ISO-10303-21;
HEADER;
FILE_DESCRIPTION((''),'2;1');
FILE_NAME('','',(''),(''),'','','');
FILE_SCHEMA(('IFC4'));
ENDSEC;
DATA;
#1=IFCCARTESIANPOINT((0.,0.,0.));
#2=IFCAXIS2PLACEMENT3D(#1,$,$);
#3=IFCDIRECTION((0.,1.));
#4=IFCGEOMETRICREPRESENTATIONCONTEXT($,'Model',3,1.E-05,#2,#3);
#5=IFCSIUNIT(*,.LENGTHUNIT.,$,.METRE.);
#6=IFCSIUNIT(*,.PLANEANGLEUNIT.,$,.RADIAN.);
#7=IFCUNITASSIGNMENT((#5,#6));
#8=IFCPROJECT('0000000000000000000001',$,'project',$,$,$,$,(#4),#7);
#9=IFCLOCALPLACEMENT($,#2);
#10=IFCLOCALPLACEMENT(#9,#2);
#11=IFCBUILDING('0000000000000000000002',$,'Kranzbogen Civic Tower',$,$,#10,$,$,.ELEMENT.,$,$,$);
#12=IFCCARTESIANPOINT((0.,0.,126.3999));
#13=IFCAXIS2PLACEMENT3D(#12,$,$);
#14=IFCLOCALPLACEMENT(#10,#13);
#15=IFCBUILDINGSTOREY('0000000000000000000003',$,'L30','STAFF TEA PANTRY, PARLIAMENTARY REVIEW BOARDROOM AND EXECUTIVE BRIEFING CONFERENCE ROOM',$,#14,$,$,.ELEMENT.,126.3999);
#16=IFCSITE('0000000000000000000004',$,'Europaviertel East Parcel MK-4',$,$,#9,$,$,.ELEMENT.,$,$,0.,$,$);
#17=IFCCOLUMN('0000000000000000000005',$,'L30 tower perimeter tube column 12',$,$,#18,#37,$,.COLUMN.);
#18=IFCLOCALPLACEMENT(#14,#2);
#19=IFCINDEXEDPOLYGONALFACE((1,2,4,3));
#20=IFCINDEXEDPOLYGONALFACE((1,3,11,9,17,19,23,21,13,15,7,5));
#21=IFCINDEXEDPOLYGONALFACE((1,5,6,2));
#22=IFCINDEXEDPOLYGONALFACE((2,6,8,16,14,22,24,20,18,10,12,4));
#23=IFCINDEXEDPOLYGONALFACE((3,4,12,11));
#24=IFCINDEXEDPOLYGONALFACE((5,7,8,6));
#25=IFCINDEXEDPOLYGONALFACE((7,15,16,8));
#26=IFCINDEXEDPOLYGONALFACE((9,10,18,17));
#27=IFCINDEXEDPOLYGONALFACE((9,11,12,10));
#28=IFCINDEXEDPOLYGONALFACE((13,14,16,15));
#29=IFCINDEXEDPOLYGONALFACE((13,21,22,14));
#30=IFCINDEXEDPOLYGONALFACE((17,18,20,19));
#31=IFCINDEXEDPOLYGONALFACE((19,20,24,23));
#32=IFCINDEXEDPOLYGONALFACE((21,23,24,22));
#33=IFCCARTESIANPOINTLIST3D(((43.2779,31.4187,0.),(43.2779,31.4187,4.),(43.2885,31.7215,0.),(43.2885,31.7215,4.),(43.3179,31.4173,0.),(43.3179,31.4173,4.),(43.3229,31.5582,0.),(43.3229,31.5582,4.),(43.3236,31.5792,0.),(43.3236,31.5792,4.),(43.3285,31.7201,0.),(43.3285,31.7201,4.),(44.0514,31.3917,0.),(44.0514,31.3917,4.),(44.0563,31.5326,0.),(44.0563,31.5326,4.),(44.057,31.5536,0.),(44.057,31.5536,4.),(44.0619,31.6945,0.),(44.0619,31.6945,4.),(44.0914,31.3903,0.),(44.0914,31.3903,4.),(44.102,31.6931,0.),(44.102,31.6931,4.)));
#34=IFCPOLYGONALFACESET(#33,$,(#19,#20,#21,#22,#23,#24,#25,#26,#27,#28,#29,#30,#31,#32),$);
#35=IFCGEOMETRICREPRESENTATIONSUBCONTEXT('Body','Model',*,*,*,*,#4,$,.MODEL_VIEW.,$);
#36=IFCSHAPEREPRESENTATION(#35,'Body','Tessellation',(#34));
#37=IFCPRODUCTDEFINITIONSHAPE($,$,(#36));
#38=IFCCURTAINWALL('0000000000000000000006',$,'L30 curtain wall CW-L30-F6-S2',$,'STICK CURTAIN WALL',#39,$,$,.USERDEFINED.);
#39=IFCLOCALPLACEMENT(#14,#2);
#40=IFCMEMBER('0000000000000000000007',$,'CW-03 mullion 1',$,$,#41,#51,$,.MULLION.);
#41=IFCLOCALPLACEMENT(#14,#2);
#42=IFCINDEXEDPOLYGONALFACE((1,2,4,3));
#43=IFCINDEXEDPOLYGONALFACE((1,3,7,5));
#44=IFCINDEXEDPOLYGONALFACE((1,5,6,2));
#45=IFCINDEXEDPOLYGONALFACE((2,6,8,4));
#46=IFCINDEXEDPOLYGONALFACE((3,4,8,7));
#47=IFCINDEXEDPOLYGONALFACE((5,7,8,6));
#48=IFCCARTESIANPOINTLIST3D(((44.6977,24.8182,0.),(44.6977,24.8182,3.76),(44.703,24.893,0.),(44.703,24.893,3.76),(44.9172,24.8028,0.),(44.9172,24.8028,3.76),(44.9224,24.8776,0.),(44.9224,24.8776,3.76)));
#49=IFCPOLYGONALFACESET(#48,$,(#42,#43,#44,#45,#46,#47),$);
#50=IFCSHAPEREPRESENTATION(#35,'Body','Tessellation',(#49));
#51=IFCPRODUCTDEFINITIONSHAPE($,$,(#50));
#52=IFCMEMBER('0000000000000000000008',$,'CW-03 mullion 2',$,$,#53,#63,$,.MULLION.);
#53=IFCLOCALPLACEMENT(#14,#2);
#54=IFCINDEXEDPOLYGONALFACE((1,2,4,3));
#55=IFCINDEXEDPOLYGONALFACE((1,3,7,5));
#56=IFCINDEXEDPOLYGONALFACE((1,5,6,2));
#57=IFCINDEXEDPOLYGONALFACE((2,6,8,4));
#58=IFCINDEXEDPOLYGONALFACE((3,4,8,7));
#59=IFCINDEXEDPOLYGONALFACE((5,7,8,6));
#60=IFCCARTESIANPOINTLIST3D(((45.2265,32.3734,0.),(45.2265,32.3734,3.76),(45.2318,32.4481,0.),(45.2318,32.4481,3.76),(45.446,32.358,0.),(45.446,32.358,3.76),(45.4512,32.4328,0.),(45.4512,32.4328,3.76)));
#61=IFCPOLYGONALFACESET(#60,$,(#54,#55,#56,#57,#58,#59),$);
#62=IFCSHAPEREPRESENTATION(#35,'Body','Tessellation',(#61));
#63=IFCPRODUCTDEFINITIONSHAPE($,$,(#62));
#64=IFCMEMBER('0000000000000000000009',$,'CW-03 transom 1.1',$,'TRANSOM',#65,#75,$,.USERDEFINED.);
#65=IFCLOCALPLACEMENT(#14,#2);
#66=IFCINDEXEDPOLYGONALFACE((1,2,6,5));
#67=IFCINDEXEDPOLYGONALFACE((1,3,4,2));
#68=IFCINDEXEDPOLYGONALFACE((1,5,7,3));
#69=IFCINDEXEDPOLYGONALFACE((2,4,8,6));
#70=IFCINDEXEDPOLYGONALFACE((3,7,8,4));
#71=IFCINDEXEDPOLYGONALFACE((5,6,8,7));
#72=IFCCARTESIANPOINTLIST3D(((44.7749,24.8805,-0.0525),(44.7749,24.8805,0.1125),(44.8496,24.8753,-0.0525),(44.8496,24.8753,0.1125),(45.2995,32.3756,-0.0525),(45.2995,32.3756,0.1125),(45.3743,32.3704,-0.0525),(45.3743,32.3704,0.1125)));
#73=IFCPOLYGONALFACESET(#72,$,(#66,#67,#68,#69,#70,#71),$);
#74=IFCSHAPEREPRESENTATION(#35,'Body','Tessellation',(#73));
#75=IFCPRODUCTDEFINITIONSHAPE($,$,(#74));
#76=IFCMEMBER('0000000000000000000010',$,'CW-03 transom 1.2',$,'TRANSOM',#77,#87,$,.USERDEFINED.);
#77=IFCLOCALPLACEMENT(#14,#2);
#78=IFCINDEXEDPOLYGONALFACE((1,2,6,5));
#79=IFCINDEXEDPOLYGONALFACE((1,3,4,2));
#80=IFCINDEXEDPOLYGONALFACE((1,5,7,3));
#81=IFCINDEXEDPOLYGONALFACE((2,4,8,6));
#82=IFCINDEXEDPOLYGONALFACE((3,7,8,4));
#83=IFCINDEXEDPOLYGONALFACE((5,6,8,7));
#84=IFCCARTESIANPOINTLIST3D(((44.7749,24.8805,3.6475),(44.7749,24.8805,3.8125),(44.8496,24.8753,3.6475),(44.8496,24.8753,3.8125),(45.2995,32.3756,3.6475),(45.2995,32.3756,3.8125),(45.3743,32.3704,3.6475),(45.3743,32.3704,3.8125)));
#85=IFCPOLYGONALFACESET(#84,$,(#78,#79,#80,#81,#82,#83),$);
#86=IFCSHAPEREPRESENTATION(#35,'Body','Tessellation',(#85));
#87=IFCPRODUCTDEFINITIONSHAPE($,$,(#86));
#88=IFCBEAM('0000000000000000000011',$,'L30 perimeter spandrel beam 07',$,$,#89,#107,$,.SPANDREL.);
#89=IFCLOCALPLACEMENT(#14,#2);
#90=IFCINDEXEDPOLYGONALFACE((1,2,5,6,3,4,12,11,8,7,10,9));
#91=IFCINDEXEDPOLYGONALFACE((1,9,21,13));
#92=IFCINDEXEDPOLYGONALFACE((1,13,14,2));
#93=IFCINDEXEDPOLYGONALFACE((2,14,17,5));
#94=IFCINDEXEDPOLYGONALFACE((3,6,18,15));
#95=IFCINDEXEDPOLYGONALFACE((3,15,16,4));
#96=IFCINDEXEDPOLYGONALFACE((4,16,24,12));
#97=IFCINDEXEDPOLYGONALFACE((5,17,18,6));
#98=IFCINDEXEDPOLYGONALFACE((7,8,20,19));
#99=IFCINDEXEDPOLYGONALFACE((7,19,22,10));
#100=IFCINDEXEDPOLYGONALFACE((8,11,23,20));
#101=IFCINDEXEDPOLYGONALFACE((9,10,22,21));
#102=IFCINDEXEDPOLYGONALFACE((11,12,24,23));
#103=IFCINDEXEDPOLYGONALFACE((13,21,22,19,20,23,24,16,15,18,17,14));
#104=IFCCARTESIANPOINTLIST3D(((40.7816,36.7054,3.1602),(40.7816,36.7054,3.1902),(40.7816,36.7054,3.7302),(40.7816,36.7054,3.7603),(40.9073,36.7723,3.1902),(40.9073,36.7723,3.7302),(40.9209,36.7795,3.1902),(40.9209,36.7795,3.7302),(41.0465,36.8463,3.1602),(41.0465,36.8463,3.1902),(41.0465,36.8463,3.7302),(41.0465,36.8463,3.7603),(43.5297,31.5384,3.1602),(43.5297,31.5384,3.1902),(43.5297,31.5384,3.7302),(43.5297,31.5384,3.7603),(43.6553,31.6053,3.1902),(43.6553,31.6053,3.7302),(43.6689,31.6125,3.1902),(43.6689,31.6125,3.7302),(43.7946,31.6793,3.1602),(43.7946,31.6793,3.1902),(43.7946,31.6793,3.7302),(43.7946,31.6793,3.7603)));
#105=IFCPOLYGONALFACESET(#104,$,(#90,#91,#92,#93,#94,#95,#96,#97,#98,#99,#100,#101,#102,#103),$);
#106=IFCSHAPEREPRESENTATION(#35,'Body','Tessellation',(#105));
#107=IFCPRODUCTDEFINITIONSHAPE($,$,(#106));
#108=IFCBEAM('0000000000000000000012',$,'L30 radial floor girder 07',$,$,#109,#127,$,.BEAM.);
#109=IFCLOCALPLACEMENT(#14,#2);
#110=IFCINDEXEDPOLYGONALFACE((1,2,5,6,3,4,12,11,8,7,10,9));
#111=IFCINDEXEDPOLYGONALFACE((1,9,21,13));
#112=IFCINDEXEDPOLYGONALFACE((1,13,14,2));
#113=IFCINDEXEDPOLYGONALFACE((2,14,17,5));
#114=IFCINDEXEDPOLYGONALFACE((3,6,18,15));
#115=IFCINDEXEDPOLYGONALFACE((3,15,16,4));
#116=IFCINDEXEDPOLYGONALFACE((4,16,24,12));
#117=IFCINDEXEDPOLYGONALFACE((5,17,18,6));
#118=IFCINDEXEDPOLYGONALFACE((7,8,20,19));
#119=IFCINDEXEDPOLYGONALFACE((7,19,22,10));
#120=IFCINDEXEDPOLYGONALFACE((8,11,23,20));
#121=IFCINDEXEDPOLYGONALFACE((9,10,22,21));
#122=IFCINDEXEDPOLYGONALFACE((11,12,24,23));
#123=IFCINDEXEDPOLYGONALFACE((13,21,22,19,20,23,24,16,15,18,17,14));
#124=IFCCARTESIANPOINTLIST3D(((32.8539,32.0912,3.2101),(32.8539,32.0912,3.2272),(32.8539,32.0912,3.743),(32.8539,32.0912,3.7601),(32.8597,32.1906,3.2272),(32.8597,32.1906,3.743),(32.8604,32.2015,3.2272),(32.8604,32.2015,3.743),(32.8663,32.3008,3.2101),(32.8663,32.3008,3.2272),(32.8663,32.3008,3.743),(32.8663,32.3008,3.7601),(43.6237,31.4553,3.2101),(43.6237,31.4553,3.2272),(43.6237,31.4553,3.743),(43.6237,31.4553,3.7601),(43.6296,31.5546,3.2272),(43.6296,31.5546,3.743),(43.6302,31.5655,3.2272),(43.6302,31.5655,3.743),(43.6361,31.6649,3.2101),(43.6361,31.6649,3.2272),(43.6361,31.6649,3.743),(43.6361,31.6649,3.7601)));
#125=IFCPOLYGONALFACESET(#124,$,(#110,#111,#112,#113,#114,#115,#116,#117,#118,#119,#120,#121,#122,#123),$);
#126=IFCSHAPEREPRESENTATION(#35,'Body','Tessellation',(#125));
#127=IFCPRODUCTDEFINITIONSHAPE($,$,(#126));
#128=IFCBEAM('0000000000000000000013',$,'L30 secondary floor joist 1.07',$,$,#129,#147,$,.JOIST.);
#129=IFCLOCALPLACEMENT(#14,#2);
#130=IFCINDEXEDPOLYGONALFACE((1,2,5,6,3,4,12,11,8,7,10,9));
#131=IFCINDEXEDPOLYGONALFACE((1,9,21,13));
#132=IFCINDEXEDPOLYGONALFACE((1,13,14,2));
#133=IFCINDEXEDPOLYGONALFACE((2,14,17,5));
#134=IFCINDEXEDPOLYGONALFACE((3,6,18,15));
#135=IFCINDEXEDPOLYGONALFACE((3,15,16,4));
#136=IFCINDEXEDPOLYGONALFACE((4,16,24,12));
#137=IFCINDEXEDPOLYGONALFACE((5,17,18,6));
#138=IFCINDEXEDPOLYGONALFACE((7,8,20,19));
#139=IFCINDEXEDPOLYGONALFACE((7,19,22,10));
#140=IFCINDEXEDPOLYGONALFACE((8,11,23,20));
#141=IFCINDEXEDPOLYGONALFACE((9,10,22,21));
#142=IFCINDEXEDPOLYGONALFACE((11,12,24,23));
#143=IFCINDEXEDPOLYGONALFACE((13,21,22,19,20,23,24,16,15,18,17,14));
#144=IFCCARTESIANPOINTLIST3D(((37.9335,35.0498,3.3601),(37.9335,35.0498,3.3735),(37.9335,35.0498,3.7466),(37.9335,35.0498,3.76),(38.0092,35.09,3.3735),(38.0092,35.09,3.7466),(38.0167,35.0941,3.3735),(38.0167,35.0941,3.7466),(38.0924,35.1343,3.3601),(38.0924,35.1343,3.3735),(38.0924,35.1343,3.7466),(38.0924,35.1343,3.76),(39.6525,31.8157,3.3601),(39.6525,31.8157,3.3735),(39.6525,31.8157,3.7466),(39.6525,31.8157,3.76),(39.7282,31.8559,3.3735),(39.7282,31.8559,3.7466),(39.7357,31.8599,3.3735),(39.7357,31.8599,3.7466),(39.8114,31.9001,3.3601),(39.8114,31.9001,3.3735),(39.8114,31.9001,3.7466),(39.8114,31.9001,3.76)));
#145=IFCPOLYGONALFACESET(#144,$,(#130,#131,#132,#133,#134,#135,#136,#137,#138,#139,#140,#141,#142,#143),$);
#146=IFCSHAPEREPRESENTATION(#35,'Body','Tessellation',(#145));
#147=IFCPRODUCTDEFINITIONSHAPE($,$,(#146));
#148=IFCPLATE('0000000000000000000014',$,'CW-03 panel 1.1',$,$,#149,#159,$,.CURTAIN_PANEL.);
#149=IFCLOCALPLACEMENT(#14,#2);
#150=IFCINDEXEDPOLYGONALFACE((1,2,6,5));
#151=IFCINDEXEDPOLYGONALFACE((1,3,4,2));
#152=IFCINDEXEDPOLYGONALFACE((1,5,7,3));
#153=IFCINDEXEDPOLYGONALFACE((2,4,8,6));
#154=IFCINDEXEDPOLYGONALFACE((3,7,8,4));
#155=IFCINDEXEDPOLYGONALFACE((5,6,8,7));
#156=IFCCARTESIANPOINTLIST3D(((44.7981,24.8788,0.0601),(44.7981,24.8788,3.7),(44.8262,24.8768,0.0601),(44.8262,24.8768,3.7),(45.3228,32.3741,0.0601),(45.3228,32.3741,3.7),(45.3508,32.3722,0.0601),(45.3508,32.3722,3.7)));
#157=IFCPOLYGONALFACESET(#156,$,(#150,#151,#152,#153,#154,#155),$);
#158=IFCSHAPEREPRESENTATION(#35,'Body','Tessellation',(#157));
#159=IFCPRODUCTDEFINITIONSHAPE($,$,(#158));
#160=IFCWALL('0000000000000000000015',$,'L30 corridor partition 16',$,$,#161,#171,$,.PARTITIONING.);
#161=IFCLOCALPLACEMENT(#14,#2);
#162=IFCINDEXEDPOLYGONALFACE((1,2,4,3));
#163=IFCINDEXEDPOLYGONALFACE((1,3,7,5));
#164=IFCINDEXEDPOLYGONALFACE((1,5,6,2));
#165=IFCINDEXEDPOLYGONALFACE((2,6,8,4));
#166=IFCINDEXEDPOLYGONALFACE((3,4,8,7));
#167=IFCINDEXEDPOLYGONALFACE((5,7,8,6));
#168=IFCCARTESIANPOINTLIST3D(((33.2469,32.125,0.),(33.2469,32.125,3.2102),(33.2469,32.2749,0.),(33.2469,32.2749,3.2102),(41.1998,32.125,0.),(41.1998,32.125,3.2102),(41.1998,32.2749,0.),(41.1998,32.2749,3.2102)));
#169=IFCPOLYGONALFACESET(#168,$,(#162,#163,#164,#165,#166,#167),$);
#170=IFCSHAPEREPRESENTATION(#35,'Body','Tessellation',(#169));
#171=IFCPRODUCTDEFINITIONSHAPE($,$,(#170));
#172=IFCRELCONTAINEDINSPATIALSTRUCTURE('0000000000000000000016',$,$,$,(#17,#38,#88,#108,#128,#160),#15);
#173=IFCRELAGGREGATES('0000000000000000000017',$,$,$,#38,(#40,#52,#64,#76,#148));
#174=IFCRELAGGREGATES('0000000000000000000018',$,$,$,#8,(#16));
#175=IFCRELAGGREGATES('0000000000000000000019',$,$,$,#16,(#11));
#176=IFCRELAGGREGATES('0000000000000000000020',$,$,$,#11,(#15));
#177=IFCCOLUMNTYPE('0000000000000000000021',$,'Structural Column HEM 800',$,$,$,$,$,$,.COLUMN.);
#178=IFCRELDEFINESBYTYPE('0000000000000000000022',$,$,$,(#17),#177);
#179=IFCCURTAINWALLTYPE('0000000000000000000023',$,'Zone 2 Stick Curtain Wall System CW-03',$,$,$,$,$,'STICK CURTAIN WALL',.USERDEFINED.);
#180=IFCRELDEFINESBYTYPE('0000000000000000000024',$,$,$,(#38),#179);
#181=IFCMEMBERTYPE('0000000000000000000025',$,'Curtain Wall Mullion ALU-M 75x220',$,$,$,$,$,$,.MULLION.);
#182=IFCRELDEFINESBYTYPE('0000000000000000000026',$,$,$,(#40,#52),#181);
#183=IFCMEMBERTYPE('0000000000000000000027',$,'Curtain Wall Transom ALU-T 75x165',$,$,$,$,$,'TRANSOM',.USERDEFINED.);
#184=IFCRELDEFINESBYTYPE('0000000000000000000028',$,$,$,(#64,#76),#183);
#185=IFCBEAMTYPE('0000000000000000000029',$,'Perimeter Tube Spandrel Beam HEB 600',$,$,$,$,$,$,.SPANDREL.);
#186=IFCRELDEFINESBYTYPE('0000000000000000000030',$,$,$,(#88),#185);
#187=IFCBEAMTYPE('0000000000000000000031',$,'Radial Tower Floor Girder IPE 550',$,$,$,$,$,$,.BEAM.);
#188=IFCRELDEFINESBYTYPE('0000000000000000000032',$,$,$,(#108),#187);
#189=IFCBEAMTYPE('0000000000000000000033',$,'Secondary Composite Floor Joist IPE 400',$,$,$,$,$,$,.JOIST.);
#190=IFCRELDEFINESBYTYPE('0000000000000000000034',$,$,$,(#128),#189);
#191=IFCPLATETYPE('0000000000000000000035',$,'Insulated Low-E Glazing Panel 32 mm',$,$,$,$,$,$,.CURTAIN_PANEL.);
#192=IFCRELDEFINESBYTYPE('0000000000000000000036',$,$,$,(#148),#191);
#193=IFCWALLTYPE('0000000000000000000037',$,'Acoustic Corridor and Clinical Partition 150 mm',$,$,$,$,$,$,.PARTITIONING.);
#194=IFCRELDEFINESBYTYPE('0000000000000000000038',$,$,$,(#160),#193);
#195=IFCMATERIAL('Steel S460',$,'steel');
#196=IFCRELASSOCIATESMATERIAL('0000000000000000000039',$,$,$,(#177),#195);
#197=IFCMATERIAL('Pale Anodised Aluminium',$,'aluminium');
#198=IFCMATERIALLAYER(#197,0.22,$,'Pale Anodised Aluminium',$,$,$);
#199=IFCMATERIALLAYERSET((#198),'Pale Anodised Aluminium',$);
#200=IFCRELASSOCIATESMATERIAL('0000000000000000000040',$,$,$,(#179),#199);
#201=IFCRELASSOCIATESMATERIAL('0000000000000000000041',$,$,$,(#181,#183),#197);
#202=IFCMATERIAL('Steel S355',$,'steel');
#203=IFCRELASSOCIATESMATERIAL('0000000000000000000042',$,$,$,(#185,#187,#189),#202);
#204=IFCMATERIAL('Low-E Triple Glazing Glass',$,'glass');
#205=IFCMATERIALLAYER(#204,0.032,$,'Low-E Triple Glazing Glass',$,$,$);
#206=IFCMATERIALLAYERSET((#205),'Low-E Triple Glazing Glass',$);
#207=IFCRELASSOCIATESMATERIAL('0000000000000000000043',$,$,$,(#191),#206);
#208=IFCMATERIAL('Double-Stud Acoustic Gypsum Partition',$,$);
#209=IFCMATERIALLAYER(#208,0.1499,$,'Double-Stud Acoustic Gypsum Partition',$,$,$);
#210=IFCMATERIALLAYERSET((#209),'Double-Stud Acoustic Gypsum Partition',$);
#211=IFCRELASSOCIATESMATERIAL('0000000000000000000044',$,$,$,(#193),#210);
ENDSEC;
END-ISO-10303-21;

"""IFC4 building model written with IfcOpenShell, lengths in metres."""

from ifc_helpers import new_model, si_unit, direction, frame, frame_2d, origin, origin_2d, place, context, subcontext, project, spatial, rectangle, i_section, extrude, material, layer, layer_set, material_profile, profile_set, type_object, element, aggregate, save


model = new_model("IFC4")

# Units and contexts
model_context = context("Model", 3, precision=1e-05, world=origin(), true_north=direction((0.0, 1.0)))
body_context = subcontext(model_context, "Body", "Model", "MODEL_VIEW")
ifc_project = project(units=[si_unit("LENGTHUNIT", "METRE"), si_unit("PLANEANGLEUNIT", "RADIAN")], contexts=[model_context])

# Site, building, storey
site_placement = place(None, origin())
site = spatial("IfcSite", under=ifc_project, at=site_placement, Name="Europaviertel East Parcel MK-4", CompositionType="ELEMENT", RefElevation=0.0)
building_placement = place(site_placement, origin())
building = spatial("IfcBuilding", under=site, at=building_placement, Name="Kranzbogen Civic Tower", CompositionType="ELEMENT")
storey_placement = place(building_placement, frame((0.0, 0.0, 126.3999)))
storey = spatial("IfcBuildingStorey", under=building, at=storey_placement, Name="L30", Description="STAFF TEA PANTRY, PARLIAMENTARY REVIEW BOARDROOM AND EXECUTIVE BRIEFING CONFERENCE ROOM", CompositionType="ELEMENT", Elevation=126.3999)

# Column
ifc_material_1 = material(Name="Steel S460", Category="steel")
ifc_material_profile_1 = material_profile(ifc_material_1, i_section(OverallWidth=0.303, OverallDepth=0.814, WebThickness=0.021, FlangeThickness=0.04, at=origin_2d()), Name="HEM 800")
ifc_profile_set_1 = profile_set([ifc_material_profile_1], Name="Steel S460")
column_type = type_object("IfcColumnType", Name="Structural Column HEM 800", PredefinedType="COLUMN", material=ifc_profile_set_1)
column_placement = place(storey_placement, frame((43.6899, 31.5559, 0.0), z_axis=(0.0, 0.0, 1.0), x_axis=(0.034899, 0.999391, 0.0)))
element("IfcColumn", 1, at=column_placement, inside=storey, type_object=column_type, Name="L30 tower perimeter tube column 12", PredefinedType="COLUMN", context=body_context, shape_type="SweptSolid", body=[
    extrude(i_section(OverallWidth=0.303, OverallDepth=0.814, WebThickness=0.021, FlangeThickness=0.04, at=origin_2d()), origin(), (0.0, 0.0, 1.0), 4.0),
])

# Curtain wall, members
ifc_material_2 = material(Name="Pale Anodised Aluminium", Category="aluminium")
ifc_layer_1 = layer(ifc_material_2, 0.22, Name="Pale Anodised Aluminium")
ifc_layer_set_1 = layer_set([ifc_layer_1], Name="Pale Anodised Aluminium")
curtain_wall_type = type_object("IfcCurtainWallType", Name="Zone 2 Stick Curtain Wall System CW-03", ElementType="STICK CURTAIN WALL", PredefinedType="USERDEFINED", material=ifc_layer_set_1)
curtain_wall_placement = place(storey_placement, origin())
curtain_wall = element("IfcCurtainWall", 2, at=curtain_wall_placement, inside=storey, type_object=curtain_wall_type, Name="L30 curtain wall CW-L30-F6-S2", ObjectType="STICK CURTAIN WALL", PredefinedType="USERDEFINED")
ifc_material_profile_2 = material_profile(ifc_material_2, rectangle(XDim=0.075, YDim=0.22, at=origin_2d()), Name="ALU-M 75x220")
ifc_profile_set_2 = profile_set([ifc_material_profile_2], Name="Pale Anodised Aluminium")
member_type_1 = type_object("IfcMemberType", Name="Curtain Wall Mullion ALU-M 75x220", PredefinedType="MULLION", material=ifc_profile_set_2)
member_1_placement = place(storey_placement, frame((44.8101, 24.8479, 0.0), z_axis=(0.0, 0.0, 1.0), x_axis=(0.069823, 0.997559, 0.0)))
member_1 = element("IfcMember", 3, at=member_1_placement, type_object=member_type_1, Name="CW-03 mullion 1", PredefinedType="MULLION", context=body_context, shape_type="SweptSolid", body=[
    extrude(rectangle(XDim=0.075, YDim=0.22, at=origin_2d()), origin(), (0.0, 0.0, 1.0), 3.76),
])
member_2_placement = place(storey_placement, frame((45.3389, 32.4031, 0.0), z_axis=(0.0, 0.0, 1.0), x_axis=(0.069823, 0.997559, 0.0)))
member_2 = element("IfcMember", 4, at=member_2_placement, type_object=member_type_1, Name="CW-03 mullion 2", PredefinedType="MULLION", context=body_context, shape_type="SweptSolid", body=[
    extrude(rectangle(XDim=0.075, YDim=0.22, at=origin_2d()), origin(), (0.0, 0.0, 1.0), 3.76),
])
ifc_material_profile_3 = material_profile(ifc_material_2, rectangle(XDim=0.075, YDim=0.165, at=origin_2d()), Name="ALU-T 75x165")
ifc_profile_set_3 = profile_set([ifc_material_profile_3], Name="Pale Anodised Aluminium")
member_type_2 = type_object("IfcMemberType", Name="Curtain Wall Transom ALU-T 75x165", ElementType="TRANSOM", PredefinedType="USERDEFINED", material=ifc_profile_set_3)
member_3_placement = place(storey_placement, frame((44.8123, 24.8779, 0.03), z_axis=(0.069829, 0.997559, 0.0), x_axis=(-0.997559, 0.069829, 0.0)))
member_3 = element("IfcMember", 5, at=member_3_placement, type_object=member_type_2, Name="CW-03 transom 1.1", ObjectType="TRANSOM", PredefinedType="USERDEFINED", context=body_context, shape_type="SweptSolid", body=[
    extrude(rectangle(XDim=0.075, YDim=0.165, at=origin_2d()), origin(), (0.0, 0.0, 1.0), 7.5134),
])
member_4_placement = place(storey_placement, frame((44.8123, 24.8779, 3.73), z_axis=(0.069829, 0.997559, 0.0), x_axis=(-0.997559, 0.069829, 0.0)))
member_4 = element("IfcMember", 6, at=member_4_placement, type_object=member_type_2, Name="CW-03 transom 1.2", ObjectType="TRANSOM", PredefinedType="USERDEFINED", context=body_context, shape_type="SweptSolid", body=[
    extrude(rectangle(XDim=0.075, YDim=0.165, at=origin_2d()), origin(), (0.0, 0.0, 1.0), 7.5134),
])

# Beams
ifc_material_3 = material(Name="Steel S355", Category="steel")
ifc_material_profile_4 = material_profile(ifc_material_3, i_section(OverallWidth=0.3, OverallDepth=0.6001, WebThickness=0.0154, FlangeThickness=0.03, at=origin_2d()), Name="HEB 600")
ifc_profile_set_4 = profile_set([ifc_material_profile_4], Name="Steel S355")
beam_type_1 = type_object("IfcBeamType", Name="Perimeter Tube Spandrel Beam HEB 600", PredefinedType="SPANDREL", material=ifc_profile_set_4)
beam_1_placement = place(storey_placement, frame((43.6621, 31.6089, 3.4602), z_axis=(-0.469566, 0.882897, 0.0), x_axis=(-0.882897, -0.469566, 0.0)))
element("IfcBeam", 7, at=beam_1_placement, inside=storey, type_object=beam_type_1, Name="L30 perimeter spandrel beam 07", PredefinedType="SPANDREL", context=body_context, shape_type="SweptSolid", body=[
    extrude(i_section(OverallWidth=0.3, OverallDepth=0.6001, WebThickness=0.0154, FlangeThickness=0.03, at=origin_2d()), origin(), (0.0, 0.0, 1.0), 5.8523),
])
ifc_material_profile_5 = material_profile(ifc_material_3, i_section(OverallWidth=0.21, OverallDepth=0.55, WebThickness=0.011, FlangeThickness=0.0171, at=origin_2d()), Name="IPE 550")
ifc_profile_set_5 = profile_set([ifc_material_profile_5], Name="Steel S355")
beam_type_2 = type_object("IfcBeamType", Name="Radial Tower Floor Girder IPE 550", PredefinedType="BEAM", material=ifc_profile_set_5)
beam_2_placement = place(storey_placement, frame((43.6299, 31.5601, 3.4851), z_axis=(-0.998261, 0.05895, 0.0), x_axis=(-0.05895, -0.998261, 0.0)))
element("IfcBeam", 8, at=beam_2_placement, inside=storey, type_object=beam_type_2, Name="L30 radial floor girder 07", PredefinedType="BEAM", context=body_context, shape_type="SweptSolid", body=[
    extrude(i_section(OverallWidth=0.21, OverallDepth=0.55, WebThickness=0.011, FlangeThickness=0.0171, at=origin_2d()), origin(), (0.0, 0.0, 1.0), 10.7886),
])
ifc_material_profile_6 = material_profile(ifc_material_3, i_section(OverallWidth=0.1799, OverallDepth=0.3999, WebThickness=0.0085, FlangeThickness=0.0134, at=origin_2d()), Name="IPE 400")
ifc_profile_set_6 = profile_set([ifc_material_profile_6], Name="Steel S355")
beam_type_3 = type_object("IfcBeamType", Name="Secondary Composite Floor Joist IPE 400", PredefinedType="JOIST", material=ifc_profile_set_6)
beam_3_placement = place(storey_placement, frame((39.7319, 31.8579, 3.5601), z_axis=(-0.469339, 0.883018, 0.0), x_axis=(-0.883018, -0.469339, 0.0)))
element("IfcBeam", 9, at=beam_3_placement, inside=storey, type_object=beam_type_3, Name="L30 secondary floor joist 1.07", PredefinedType="JOIST", context=body_context, shape_type="SweptSolid", body=[
    extrude(i_section(OverallWidth=0.1799, OverallDepth=0.3999, WebThickness=0.0085, FlangeThickness=0.0134, at=origin_2d()), origin(), (0.0, 0.0, 1.0), 3.6626),
])

# Plate
ifc_material_4 = material(Name="Low-E Triple Glazing Glass", Category="glass")
ifc_layer_2 = layer(ifc_material_4, 0.032, Name="Low-E Triple Glazing Glass")
ifc_layer_set_2 = layer_set([ifc_layer_2], Name="Low-E Triple Glazing Glass")
plate_type = type_object("IfcPlateType", Name="Insulated Low-E Glazing Panel 32 mm", PredefinedType="CURTAIN_PANEL", material=ifc_layer_set_2)
plate_placement = place(storey_placement, frame((45.0745, 28.6255, 0.0601), z_axis=(0.0, 0.0, 1.0), x_axis=(0.069823, 0.997559, 0.0)))
plate = element("IfcPlate", 10, at=plate_placement, type_object=plate_type, Name="CW-03 panel 1.1", PredefinedType="CURTAIN_PANEL", context=body_context, shape_type="SweptSolid", body=[
    extrude(rectangle(XDim=7.5137, YDim=0.0281, at=origin_2d()), origin(), (0.0, 0.0, 1.0), 3.6399),
])
aggregate(curtain_wall, [member_1, member_2, member_3, member_4, plate])

# Wall
ifc_material_5 = material(Name="Double-Stud Acoustic Gypsum Partition")
ifc_layer_3 = layer(ifc_material_5, 0.1499, Name="Double-Stud Acoustic Gypsum Partition")
ifc_layer_set_3 = layer_set([ifc_layer_3], Name="Double-Stud Acoustic Gypsum Partition")
wall_type_1 = type_object("IfcWallType", Name="Acoustic Corridor and Clinical Partition 150 mm", PredefinedType="PARTITIONING", material=ifc_layer_set_3)
wall_1_placement = place(storey_placement, frame((41.2, 32.2, 0.0), z_axis=(0.0, 0.0, 1.0), x_axis=(-1.0, 0.0, 0.0)))
element("IfcWall", 11, at=wall_1_placement, inside=storey, type_object=wall_type_1, Name="L30 corridor partition 16", PredefinedType="PARTITIONING", context=body_context, shape_type="SweptSolid", body=[
    extrude(rectangle(XDim=7.9529, YDim=0.1499, at=frame_2d((3.9766, 0.0))), origin(), (0.0, 0.0, 1.0), 3.2102),
])

save(model, "model.ifc")
